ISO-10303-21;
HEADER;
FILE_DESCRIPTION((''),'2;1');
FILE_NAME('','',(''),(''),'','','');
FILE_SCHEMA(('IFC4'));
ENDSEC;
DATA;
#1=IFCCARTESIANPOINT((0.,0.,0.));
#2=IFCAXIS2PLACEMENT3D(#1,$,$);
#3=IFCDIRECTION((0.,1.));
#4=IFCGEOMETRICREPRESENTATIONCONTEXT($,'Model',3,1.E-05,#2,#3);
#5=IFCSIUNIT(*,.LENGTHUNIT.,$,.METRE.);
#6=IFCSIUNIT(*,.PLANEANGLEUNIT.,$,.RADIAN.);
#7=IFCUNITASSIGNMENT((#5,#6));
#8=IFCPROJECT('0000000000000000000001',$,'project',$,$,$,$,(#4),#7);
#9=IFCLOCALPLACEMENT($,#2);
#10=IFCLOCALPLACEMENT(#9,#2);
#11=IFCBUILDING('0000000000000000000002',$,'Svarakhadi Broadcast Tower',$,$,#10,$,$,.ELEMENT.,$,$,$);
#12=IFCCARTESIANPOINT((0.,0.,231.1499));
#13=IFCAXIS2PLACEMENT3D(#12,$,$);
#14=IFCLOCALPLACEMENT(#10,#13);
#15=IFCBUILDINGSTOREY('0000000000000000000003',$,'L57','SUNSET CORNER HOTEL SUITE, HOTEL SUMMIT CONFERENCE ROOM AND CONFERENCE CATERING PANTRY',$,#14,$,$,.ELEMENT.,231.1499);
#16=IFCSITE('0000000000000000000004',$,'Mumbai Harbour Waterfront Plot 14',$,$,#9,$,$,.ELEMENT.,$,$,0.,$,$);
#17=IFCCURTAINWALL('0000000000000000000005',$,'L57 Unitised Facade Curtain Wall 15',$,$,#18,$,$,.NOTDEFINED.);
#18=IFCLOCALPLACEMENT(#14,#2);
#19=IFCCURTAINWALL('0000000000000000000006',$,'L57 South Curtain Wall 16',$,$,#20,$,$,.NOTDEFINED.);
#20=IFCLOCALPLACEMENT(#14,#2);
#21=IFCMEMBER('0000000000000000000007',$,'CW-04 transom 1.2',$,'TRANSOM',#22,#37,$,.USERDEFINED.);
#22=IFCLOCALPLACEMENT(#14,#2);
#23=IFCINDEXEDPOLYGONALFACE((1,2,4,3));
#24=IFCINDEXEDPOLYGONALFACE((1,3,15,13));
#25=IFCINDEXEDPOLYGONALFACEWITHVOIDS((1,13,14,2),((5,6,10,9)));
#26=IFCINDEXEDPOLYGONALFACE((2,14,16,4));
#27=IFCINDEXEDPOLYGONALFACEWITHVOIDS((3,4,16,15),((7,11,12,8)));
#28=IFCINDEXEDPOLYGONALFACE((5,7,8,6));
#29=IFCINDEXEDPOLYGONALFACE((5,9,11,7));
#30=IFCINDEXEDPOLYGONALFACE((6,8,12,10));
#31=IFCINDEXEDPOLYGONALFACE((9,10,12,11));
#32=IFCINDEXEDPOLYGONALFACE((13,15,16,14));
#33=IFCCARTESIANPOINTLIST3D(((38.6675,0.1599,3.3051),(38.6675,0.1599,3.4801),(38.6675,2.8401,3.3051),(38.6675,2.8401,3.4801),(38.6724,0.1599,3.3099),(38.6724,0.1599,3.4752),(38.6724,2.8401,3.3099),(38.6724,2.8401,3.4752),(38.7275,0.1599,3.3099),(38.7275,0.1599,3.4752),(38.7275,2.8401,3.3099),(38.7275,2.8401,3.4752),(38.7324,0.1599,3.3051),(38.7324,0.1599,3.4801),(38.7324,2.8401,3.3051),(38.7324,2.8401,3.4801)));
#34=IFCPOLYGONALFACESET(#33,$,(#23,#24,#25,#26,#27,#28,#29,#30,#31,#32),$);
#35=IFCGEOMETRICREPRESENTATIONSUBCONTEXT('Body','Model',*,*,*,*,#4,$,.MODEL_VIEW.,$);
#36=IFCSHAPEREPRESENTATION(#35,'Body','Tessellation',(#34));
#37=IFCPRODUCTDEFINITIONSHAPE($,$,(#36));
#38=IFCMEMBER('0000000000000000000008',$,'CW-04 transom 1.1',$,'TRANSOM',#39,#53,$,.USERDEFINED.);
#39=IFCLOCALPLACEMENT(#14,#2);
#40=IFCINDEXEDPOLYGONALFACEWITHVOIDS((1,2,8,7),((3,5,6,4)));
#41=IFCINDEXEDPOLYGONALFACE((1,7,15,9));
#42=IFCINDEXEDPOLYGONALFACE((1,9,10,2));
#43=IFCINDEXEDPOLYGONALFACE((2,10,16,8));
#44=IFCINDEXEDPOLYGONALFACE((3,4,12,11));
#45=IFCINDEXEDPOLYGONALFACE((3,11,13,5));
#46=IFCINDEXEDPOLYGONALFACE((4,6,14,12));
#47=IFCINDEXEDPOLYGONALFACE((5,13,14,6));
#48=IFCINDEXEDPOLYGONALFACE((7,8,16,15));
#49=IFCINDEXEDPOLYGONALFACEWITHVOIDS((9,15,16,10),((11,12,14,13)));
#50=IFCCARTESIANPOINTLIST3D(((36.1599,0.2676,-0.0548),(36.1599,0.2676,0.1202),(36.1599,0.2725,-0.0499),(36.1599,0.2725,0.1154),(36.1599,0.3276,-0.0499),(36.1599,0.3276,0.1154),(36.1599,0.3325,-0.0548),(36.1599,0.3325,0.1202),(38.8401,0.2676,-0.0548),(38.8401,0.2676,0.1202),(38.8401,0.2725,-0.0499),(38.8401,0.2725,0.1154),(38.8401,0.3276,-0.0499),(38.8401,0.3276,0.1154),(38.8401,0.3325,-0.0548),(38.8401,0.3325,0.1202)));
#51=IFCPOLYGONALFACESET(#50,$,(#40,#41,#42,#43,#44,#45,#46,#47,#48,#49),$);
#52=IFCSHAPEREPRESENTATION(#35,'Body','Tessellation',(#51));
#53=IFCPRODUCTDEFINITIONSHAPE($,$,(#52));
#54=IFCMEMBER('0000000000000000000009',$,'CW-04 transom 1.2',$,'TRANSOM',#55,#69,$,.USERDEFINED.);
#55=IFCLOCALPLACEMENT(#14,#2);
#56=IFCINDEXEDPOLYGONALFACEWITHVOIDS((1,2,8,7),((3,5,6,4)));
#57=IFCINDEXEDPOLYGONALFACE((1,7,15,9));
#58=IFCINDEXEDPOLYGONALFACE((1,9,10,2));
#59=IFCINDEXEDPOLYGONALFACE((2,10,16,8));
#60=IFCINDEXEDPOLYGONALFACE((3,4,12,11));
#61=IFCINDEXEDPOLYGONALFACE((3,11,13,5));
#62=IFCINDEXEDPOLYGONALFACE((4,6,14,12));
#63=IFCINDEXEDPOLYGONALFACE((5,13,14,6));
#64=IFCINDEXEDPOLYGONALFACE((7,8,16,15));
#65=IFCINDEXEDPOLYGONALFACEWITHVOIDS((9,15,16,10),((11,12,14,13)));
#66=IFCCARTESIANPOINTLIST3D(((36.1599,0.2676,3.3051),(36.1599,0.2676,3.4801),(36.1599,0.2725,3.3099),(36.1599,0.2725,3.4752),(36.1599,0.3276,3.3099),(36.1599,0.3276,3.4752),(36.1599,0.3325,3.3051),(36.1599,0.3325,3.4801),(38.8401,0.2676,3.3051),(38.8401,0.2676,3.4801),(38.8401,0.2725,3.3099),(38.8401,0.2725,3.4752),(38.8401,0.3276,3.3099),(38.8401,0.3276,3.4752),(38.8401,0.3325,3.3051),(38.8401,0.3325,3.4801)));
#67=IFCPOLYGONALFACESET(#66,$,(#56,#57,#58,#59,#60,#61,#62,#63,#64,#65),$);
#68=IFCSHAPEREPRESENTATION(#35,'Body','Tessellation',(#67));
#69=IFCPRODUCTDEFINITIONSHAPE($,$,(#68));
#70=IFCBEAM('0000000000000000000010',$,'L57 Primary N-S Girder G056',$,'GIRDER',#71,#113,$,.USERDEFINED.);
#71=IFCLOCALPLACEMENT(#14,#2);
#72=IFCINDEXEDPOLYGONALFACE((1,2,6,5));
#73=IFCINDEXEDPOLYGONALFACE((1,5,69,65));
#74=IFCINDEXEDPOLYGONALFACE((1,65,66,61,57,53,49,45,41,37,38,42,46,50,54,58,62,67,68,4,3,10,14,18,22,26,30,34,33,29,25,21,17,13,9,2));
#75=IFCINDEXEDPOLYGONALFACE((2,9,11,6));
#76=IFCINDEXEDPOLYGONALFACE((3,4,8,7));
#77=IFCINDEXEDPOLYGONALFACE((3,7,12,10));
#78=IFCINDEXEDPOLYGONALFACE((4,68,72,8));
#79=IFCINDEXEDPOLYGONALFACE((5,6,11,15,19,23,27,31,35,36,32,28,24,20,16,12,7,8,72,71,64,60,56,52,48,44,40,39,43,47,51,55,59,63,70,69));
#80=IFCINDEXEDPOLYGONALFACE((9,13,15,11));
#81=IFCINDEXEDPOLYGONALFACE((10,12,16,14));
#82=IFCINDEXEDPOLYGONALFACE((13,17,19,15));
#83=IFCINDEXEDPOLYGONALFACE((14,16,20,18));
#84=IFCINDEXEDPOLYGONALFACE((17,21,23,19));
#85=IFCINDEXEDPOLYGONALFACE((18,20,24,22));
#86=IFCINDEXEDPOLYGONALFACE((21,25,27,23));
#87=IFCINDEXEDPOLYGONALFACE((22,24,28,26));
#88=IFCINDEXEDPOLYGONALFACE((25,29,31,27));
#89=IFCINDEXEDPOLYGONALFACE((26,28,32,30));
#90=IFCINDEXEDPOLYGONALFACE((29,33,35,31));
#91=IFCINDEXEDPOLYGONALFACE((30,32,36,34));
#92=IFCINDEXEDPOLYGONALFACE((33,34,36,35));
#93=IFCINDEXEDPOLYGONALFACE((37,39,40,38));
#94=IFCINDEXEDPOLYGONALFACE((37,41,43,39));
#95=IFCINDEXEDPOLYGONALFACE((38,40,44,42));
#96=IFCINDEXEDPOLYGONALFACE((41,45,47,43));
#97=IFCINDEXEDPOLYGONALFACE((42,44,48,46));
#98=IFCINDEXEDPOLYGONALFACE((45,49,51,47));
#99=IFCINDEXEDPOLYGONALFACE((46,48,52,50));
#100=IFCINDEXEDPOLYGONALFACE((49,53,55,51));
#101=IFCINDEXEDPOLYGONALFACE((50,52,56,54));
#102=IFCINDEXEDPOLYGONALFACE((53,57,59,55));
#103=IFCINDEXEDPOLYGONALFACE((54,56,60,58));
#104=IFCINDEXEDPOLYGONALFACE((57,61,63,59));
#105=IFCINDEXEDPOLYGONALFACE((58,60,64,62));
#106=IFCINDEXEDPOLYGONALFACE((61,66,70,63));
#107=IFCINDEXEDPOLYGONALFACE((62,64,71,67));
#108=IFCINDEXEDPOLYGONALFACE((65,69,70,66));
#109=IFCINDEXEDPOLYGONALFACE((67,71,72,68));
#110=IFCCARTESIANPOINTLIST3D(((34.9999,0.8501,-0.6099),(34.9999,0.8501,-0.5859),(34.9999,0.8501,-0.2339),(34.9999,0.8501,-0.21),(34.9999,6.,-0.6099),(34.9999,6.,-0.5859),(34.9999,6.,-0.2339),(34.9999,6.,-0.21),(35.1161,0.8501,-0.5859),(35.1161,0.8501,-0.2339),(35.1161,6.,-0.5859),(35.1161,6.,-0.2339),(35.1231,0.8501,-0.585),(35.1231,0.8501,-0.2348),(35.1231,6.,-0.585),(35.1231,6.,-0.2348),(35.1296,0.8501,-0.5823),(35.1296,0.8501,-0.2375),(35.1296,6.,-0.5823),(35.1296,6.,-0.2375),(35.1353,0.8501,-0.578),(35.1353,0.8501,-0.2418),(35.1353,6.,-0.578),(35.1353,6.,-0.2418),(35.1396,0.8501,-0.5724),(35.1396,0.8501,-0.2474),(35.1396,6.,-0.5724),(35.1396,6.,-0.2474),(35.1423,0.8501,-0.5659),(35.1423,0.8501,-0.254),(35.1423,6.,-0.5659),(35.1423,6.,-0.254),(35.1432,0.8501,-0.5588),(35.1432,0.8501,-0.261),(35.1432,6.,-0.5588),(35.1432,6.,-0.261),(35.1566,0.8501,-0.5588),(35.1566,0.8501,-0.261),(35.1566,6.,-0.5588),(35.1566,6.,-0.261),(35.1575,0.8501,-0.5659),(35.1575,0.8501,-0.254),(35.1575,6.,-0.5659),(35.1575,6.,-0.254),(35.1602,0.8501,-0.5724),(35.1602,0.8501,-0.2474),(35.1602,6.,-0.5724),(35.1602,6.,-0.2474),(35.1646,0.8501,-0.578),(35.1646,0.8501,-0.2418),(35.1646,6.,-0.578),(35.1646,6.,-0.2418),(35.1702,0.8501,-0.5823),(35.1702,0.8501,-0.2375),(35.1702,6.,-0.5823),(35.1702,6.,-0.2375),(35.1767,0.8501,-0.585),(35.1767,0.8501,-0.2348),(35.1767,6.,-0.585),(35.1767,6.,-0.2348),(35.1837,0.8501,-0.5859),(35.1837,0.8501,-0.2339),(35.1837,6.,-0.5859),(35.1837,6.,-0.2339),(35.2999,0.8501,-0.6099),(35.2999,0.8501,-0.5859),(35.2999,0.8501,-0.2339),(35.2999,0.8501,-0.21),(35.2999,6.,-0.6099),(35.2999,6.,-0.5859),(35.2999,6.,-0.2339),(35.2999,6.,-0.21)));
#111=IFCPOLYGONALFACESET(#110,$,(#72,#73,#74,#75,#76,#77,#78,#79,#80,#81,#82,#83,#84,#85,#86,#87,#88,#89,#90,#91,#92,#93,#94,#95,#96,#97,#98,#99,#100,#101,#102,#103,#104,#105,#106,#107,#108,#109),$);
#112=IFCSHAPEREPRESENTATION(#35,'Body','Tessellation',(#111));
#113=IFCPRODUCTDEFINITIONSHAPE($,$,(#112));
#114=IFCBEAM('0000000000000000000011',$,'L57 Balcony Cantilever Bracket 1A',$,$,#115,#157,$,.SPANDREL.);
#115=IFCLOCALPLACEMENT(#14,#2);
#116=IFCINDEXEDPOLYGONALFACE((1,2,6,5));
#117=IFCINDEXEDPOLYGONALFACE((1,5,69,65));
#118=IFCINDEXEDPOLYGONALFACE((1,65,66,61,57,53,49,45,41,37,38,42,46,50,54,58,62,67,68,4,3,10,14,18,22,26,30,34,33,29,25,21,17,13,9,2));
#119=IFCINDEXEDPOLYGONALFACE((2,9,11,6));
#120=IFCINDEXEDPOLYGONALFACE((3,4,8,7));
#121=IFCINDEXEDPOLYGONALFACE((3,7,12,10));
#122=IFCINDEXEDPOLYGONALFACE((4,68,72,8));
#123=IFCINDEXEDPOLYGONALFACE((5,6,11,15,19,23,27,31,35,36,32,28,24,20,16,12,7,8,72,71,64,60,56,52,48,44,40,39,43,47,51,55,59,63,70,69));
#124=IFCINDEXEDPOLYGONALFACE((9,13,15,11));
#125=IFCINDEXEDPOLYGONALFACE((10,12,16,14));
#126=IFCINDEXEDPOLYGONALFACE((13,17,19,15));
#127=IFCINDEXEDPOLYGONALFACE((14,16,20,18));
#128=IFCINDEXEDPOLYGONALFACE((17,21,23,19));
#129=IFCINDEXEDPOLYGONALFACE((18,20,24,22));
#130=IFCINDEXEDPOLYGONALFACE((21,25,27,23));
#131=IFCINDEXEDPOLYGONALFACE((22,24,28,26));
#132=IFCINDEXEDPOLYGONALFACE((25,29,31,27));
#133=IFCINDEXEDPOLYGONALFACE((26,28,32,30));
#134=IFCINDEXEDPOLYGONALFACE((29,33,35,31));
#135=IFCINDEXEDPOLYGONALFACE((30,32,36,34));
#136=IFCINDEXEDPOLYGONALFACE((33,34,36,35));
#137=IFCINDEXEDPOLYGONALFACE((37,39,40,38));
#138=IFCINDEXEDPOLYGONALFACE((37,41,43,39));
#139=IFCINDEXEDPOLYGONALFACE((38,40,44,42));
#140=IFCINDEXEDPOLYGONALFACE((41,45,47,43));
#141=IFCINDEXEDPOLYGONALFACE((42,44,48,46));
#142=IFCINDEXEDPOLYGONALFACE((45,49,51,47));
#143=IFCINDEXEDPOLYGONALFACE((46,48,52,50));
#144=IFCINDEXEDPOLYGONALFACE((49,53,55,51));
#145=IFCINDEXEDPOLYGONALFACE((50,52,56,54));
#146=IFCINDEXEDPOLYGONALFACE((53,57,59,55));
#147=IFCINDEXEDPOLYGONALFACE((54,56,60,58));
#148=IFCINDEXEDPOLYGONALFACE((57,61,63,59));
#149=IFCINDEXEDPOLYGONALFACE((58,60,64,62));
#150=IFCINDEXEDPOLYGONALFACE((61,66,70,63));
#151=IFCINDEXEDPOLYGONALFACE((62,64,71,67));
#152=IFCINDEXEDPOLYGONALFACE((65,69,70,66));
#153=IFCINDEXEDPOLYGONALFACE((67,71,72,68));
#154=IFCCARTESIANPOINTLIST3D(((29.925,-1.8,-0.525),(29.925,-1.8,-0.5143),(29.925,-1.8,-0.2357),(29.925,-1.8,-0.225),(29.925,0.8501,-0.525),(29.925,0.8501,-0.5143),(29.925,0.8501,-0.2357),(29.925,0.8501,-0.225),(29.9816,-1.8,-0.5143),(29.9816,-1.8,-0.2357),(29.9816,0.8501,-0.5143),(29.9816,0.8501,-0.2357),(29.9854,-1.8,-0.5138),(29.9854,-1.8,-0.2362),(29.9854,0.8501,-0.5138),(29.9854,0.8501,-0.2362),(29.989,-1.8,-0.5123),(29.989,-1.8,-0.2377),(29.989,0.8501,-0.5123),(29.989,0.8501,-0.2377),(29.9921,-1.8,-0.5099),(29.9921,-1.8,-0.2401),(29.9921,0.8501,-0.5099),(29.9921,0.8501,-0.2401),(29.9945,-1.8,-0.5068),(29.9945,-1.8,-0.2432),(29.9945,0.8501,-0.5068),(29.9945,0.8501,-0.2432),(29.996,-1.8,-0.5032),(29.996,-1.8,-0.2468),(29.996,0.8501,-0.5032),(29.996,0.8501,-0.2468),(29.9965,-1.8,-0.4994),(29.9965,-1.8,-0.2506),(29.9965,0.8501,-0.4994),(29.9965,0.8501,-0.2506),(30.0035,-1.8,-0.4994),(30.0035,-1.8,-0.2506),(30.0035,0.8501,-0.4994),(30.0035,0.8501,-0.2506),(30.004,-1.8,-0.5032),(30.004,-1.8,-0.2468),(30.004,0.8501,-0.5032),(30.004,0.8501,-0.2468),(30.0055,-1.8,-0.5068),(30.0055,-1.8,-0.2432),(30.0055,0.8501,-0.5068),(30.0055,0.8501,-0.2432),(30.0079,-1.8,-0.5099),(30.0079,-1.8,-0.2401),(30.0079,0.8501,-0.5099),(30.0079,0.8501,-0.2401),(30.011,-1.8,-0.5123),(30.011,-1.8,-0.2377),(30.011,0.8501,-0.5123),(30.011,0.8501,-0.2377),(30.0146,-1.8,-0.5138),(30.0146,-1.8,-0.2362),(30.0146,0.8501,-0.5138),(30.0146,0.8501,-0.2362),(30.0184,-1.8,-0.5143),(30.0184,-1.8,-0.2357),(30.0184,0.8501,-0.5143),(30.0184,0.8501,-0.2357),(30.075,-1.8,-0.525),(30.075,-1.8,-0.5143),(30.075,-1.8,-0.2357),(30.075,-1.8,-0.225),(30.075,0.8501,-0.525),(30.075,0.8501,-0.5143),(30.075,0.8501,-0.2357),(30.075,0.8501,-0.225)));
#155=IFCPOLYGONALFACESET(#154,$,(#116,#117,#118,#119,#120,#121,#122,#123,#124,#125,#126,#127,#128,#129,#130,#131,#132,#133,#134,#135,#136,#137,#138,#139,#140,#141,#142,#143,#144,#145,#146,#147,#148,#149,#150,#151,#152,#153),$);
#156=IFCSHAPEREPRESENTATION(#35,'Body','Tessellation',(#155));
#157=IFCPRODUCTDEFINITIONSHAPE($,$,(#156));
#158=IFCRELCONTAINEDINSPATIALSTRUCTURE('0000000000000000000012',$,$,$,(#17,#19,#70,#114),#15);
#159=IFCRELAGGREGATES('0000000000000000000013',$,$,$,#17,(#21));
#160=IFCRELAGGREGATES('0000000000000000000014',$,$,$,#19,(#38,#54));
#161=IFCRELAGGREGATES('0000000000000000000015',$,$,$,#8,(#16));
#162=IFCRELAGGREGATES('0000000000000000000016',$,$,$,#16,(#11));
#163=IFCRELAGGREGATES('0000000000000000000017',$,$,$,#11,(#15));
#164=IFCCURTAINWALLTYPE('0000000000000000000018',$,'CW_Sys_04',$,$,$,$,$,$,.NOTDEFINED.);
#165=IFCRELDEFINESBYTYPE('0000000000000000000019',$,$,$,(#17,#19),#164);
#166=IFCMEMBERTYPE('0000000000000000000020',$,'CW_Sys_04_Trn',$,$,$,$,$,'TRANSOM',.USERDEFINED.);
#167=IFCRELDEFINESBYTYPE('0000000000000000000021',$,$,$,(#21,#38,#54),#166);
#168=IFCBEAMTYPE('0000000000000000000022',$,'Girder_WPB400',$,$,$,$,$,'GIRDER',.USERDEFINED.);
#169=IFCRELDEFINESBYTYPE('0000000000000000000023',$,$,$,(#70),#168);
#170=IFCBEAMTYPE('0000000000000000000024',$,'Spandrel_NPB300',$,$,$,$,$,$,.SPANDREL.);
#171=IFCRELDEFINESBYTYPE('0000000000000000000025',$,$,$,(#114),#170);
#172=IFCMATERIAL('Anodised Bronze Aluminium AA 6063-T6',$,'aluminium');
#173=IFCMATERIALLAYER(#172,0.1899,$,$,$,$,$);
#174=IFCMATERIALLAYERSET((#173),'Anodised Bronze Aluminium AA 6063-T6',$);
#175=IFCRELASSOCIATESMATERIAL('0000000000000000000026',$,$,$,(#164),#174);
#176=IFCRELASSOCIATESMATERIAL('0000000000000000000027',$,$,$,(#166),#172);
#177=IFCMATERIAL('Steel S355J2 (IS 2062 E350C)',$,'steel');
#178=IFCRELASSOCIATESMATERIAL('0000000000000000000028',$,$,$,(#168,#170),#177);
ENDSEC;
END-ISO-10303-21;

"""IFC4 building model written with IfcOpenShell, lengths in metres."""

from ifc_helpers import new_model, si_unit, direction, frame, origin, origin_2d, place, context, subcontext, project, spatial, hollow_rectangle, i_section, extrude, material, layer, layer_set, material_profile, profile_set, type_object, element, aggregate, save


model = new_model("IFC4")

# Units and contexts
model_context = context("Model", 3, precision=1e-05, world=origin(), true_north=direction((0.0, 1.0)))
body_context = subcontext(model_context, "Body", "Model", "MODEL_VIEW")
ifc_project = project(units=[si_unit("LENGTHUNIT", "METRE"), si_unit("PLANEANGLEUNIT", "RADIAN")], contexts=[model_context])

# Site, building, storey
site_placement = place(None, origin())
site = spatial("IfcSite", under=ifc_project, at=site_placement, Name="Mumbai Harbour Waterfront Plot 14", CompositionType="ELEMENT", RefElevation=0.0)
building_placement = place(site_placement, origin())
building = spatial("IfcBuilding", under=site, at=building_placement, Name="Svarakhadi Broadcast Tower", CompositionType="ELEMENT")
storey_placement = place(building_placement, frame((0.0, 0.0, 231.1499)))
storey = spatial("IfcBuildingStorey", under=building, at=storey_placement, Name="L57", Description="SUNSET CORNER HOTEL SUITE, HOTEL SUMMIT CONFERENCE ROOM AND CONFERENCE CATERING PANTRY", CompositionType="ELEMENT", Elevation=231.1499)

# Shared definitions
ifc_material_1 = material(Name="Anodised Bronze Aluminium AA 6063-T6", Category="aluminium")
ifc_layer_1 = layer(ifc_material_1, 0.1899)
ifc_layer_set_1 = layer_set([ifc_layer_1], Name="Anodised Bronze Aluminium AA 6063-T6")
curtain_wall_type = type_object("IfcCurtainWallType", Name="CW_Sys_04", PredefinedType="NOTDEFINED", material=ifc_layer_set_1)

# Curtain walls
curtain_wall_1_placement = place(storey_placement, origin())
curtain_wall_1 = element("IfcCurtainWall", 1, at=curtain_wall_1_placement, inside=storey, type_object=curtain_wall_type, Name="L57 Unitised Facade Curtain Wall 15", PredefinedType="NOTDEFINED")
curtain_wall_2_placement = place(storey_placement, origin())
curtain_wall_2 = element("IfcCurtainWall", 2, at=curtain_wall_2_placement, inside=storey, type_object=curtain_wall_type, Name="L57 South Curtain Wall 16", PredefinedType="NOTDEFINED")

# Members
ifc_material_profile_1 = material_profile(ifc_material_1, hollow_rectangle(XDim=0.0649, YDim=0.175, WallThickness=0.0049, at=origin_2d()), Name="ALU TRANSOM 175x65x5")
ifc_profile_set_1 = profile_set([ifc_material_profile_1], Name="Anodised Bronze Aluminium AA 6063-T6")
member_type_1 = type_object("IfcMemberType", Name="CW_Sys_04_Trn", ElementType="TRANSOM", PredefinedType="USERDEFINED", material=ifc_profile_set_1)
member_1_placement = place(storey_placement, frame((38.7, 2.8401, 3.3926), z_axis=(0.0, -1.0, 0.0), x_axis=(1.0, 0.0, 0.0)))
member_1 = element("IfcMember", 3, at=member_1_placement, type_object=member_type_1, Name="CW-04 transom 1.2", ObjectType="TRANSOM", PredefinedType="USERDEFINED", context=body_context, shape_type="SweptSolid", body=[
    extrude(hollow_rectangle(XDim=0.0649, YDim=0.175, WallThickness=0.0049, at=origin_2d()), origin(), (0.0, 0.0, 1.0), 2.6802),
])
member_2_placement = place(storey_placement, frame((38.8401, 0.3, 0.0327), z_axis=(-1.0, 0.0, 0.0), x_axis=(0.0, -1.0, 0.0)))
member_2 = element("IfcMember", 4, at=member_2_placement, type_object=member_type_1, Name="CW-04 transom 1.1", ObjectType="TRANSOM", PredefinedType="USERDEFINED", context=body_context, shape_type="SweptSolid", body=[
    extrude(hollow_rectangle(XDim=0.0649, YDim=0.175, WallThickness=0.0049, at=origin_2d()), origin(), (0.0, 0.0, 1.0), 2.6802),
])
member_3_placement = place(storey_placement, frame((38.8401, 0.3, 3.3926), z_axis=(-1.0, 0.0, 0.0), x_axis=(0.0, -1.0, 0.0)))
member_3 = element("IfcMember", 5, at=member_3_placement, type_object=member_type_1, Name="CW-04 transom 1.2", ObjectType="TRANSOM", PredefinedType="USERDEFINED", context=body_context, shape_type="SweptSolid", body=[
    extrude(hollow_rectangle(XDim=0.0649, YDim=0.175, WallThickness=0.0049, at=origin_2d()), origin(), (0.0, 0.0, 1.0), 2.6802),
])

# Beams
ifc_material_2 = material(Name="Steel S355J2 (IS 2062 E350C)", Category="steel")
ifc_material_profile_2 = material_profile(ifc_material_2, i_section(OverallWidth=0.3, OverallDepth=0.3999, WebThickness=0.0134, FlangeThickness=0.0239, FilletRadius=0.0271, at=origin_2d()), Name="WPB 400x300x155")
ifc_profile_set_2 = profile_set([ifc_material_profile_2], Name="Steel S355J2 (IS 2062 E350C)")
beam_type_1 = type_object("IfcBeamType", Name="Girder_WPB400", ElementType="GIRDER", PredefinedType="USERDEFINED", material=ifc_profile_set_2)
beam_placement = place(storey_placement, frame((35.1499, 0.8501, -0.4099), z_axis=(0.0, 1.0, 0.0), x_axis=(-1.0, 0.0, 0.0)))
element("IfcBeam", 6, at=beam_placement, inside=storey, type_object=beam_type_1, Name="L57 Primary N-S Girder G056", ObjectType="GIRDER", PredefinedType="USERDEFINED", context=body_context, shape_type="SweptSolid", body=[
    extrude(i_section(OverallWidth=0.3, OverallDepth=0.3999, WebThickness=0.0134, FlangeThickness=0.0239, FilletRadius=0.0271, at=origin_2d()), origin(), (0.0, 0.0, 1.0), 5.1499),
])
ifc_material_profile_3 = material_profile(ifc_material_2, i_section(OverallWidth=0.1499, OverallDepth=0.3, WebThickness=0.0071, FlangeThickness=0.0107, FilletRadius=0.0149, at=origin_2d()), Name="NPB 300x150x37")
ifc_profile_set_3 = profile_set([ifc_material_profile_3], Name="Steel S355J2 (IS 2062 E350C)")
beam_type_2 = type_object("IfcBeamType", Name="Spandrel_NPB300", PredefinedType="SPANDREL", material=ifc_profile_set_3)
for number, where, z_axis, x_axis, name in (
    (7, (30.0, 0.8501, -0.375), (0.0, -1.0, 0.0), (1.0, 0.0, 0.0), "L57 Balcony Cantilever Bracket 1A"),
):
    element("IfcBeam", number, at=place(storey_placement, frame(where, z_axis=z_axis, x_axis=x_axis)), inside=storey, type_object=beam_type_2, Name=name, PredefinedType="SPANDREL", context=body_context, shape_type="SweptSolid", body=[
        extrude(i_section(OverallWidth=0.1499, OverallDepth=0.3, WebThickness=0.0071, FlangeThickness=0.0107, FilletRadius=0.0149, at=origin_2d()), origin(), (0.0, 0.0, 1.0), 2.6501),
    ])

aggregate(curtain_wall_1, [member_1])
aggregate(curtain_wall_2, [member_2, member_3])

save(model, "model.ifc")
